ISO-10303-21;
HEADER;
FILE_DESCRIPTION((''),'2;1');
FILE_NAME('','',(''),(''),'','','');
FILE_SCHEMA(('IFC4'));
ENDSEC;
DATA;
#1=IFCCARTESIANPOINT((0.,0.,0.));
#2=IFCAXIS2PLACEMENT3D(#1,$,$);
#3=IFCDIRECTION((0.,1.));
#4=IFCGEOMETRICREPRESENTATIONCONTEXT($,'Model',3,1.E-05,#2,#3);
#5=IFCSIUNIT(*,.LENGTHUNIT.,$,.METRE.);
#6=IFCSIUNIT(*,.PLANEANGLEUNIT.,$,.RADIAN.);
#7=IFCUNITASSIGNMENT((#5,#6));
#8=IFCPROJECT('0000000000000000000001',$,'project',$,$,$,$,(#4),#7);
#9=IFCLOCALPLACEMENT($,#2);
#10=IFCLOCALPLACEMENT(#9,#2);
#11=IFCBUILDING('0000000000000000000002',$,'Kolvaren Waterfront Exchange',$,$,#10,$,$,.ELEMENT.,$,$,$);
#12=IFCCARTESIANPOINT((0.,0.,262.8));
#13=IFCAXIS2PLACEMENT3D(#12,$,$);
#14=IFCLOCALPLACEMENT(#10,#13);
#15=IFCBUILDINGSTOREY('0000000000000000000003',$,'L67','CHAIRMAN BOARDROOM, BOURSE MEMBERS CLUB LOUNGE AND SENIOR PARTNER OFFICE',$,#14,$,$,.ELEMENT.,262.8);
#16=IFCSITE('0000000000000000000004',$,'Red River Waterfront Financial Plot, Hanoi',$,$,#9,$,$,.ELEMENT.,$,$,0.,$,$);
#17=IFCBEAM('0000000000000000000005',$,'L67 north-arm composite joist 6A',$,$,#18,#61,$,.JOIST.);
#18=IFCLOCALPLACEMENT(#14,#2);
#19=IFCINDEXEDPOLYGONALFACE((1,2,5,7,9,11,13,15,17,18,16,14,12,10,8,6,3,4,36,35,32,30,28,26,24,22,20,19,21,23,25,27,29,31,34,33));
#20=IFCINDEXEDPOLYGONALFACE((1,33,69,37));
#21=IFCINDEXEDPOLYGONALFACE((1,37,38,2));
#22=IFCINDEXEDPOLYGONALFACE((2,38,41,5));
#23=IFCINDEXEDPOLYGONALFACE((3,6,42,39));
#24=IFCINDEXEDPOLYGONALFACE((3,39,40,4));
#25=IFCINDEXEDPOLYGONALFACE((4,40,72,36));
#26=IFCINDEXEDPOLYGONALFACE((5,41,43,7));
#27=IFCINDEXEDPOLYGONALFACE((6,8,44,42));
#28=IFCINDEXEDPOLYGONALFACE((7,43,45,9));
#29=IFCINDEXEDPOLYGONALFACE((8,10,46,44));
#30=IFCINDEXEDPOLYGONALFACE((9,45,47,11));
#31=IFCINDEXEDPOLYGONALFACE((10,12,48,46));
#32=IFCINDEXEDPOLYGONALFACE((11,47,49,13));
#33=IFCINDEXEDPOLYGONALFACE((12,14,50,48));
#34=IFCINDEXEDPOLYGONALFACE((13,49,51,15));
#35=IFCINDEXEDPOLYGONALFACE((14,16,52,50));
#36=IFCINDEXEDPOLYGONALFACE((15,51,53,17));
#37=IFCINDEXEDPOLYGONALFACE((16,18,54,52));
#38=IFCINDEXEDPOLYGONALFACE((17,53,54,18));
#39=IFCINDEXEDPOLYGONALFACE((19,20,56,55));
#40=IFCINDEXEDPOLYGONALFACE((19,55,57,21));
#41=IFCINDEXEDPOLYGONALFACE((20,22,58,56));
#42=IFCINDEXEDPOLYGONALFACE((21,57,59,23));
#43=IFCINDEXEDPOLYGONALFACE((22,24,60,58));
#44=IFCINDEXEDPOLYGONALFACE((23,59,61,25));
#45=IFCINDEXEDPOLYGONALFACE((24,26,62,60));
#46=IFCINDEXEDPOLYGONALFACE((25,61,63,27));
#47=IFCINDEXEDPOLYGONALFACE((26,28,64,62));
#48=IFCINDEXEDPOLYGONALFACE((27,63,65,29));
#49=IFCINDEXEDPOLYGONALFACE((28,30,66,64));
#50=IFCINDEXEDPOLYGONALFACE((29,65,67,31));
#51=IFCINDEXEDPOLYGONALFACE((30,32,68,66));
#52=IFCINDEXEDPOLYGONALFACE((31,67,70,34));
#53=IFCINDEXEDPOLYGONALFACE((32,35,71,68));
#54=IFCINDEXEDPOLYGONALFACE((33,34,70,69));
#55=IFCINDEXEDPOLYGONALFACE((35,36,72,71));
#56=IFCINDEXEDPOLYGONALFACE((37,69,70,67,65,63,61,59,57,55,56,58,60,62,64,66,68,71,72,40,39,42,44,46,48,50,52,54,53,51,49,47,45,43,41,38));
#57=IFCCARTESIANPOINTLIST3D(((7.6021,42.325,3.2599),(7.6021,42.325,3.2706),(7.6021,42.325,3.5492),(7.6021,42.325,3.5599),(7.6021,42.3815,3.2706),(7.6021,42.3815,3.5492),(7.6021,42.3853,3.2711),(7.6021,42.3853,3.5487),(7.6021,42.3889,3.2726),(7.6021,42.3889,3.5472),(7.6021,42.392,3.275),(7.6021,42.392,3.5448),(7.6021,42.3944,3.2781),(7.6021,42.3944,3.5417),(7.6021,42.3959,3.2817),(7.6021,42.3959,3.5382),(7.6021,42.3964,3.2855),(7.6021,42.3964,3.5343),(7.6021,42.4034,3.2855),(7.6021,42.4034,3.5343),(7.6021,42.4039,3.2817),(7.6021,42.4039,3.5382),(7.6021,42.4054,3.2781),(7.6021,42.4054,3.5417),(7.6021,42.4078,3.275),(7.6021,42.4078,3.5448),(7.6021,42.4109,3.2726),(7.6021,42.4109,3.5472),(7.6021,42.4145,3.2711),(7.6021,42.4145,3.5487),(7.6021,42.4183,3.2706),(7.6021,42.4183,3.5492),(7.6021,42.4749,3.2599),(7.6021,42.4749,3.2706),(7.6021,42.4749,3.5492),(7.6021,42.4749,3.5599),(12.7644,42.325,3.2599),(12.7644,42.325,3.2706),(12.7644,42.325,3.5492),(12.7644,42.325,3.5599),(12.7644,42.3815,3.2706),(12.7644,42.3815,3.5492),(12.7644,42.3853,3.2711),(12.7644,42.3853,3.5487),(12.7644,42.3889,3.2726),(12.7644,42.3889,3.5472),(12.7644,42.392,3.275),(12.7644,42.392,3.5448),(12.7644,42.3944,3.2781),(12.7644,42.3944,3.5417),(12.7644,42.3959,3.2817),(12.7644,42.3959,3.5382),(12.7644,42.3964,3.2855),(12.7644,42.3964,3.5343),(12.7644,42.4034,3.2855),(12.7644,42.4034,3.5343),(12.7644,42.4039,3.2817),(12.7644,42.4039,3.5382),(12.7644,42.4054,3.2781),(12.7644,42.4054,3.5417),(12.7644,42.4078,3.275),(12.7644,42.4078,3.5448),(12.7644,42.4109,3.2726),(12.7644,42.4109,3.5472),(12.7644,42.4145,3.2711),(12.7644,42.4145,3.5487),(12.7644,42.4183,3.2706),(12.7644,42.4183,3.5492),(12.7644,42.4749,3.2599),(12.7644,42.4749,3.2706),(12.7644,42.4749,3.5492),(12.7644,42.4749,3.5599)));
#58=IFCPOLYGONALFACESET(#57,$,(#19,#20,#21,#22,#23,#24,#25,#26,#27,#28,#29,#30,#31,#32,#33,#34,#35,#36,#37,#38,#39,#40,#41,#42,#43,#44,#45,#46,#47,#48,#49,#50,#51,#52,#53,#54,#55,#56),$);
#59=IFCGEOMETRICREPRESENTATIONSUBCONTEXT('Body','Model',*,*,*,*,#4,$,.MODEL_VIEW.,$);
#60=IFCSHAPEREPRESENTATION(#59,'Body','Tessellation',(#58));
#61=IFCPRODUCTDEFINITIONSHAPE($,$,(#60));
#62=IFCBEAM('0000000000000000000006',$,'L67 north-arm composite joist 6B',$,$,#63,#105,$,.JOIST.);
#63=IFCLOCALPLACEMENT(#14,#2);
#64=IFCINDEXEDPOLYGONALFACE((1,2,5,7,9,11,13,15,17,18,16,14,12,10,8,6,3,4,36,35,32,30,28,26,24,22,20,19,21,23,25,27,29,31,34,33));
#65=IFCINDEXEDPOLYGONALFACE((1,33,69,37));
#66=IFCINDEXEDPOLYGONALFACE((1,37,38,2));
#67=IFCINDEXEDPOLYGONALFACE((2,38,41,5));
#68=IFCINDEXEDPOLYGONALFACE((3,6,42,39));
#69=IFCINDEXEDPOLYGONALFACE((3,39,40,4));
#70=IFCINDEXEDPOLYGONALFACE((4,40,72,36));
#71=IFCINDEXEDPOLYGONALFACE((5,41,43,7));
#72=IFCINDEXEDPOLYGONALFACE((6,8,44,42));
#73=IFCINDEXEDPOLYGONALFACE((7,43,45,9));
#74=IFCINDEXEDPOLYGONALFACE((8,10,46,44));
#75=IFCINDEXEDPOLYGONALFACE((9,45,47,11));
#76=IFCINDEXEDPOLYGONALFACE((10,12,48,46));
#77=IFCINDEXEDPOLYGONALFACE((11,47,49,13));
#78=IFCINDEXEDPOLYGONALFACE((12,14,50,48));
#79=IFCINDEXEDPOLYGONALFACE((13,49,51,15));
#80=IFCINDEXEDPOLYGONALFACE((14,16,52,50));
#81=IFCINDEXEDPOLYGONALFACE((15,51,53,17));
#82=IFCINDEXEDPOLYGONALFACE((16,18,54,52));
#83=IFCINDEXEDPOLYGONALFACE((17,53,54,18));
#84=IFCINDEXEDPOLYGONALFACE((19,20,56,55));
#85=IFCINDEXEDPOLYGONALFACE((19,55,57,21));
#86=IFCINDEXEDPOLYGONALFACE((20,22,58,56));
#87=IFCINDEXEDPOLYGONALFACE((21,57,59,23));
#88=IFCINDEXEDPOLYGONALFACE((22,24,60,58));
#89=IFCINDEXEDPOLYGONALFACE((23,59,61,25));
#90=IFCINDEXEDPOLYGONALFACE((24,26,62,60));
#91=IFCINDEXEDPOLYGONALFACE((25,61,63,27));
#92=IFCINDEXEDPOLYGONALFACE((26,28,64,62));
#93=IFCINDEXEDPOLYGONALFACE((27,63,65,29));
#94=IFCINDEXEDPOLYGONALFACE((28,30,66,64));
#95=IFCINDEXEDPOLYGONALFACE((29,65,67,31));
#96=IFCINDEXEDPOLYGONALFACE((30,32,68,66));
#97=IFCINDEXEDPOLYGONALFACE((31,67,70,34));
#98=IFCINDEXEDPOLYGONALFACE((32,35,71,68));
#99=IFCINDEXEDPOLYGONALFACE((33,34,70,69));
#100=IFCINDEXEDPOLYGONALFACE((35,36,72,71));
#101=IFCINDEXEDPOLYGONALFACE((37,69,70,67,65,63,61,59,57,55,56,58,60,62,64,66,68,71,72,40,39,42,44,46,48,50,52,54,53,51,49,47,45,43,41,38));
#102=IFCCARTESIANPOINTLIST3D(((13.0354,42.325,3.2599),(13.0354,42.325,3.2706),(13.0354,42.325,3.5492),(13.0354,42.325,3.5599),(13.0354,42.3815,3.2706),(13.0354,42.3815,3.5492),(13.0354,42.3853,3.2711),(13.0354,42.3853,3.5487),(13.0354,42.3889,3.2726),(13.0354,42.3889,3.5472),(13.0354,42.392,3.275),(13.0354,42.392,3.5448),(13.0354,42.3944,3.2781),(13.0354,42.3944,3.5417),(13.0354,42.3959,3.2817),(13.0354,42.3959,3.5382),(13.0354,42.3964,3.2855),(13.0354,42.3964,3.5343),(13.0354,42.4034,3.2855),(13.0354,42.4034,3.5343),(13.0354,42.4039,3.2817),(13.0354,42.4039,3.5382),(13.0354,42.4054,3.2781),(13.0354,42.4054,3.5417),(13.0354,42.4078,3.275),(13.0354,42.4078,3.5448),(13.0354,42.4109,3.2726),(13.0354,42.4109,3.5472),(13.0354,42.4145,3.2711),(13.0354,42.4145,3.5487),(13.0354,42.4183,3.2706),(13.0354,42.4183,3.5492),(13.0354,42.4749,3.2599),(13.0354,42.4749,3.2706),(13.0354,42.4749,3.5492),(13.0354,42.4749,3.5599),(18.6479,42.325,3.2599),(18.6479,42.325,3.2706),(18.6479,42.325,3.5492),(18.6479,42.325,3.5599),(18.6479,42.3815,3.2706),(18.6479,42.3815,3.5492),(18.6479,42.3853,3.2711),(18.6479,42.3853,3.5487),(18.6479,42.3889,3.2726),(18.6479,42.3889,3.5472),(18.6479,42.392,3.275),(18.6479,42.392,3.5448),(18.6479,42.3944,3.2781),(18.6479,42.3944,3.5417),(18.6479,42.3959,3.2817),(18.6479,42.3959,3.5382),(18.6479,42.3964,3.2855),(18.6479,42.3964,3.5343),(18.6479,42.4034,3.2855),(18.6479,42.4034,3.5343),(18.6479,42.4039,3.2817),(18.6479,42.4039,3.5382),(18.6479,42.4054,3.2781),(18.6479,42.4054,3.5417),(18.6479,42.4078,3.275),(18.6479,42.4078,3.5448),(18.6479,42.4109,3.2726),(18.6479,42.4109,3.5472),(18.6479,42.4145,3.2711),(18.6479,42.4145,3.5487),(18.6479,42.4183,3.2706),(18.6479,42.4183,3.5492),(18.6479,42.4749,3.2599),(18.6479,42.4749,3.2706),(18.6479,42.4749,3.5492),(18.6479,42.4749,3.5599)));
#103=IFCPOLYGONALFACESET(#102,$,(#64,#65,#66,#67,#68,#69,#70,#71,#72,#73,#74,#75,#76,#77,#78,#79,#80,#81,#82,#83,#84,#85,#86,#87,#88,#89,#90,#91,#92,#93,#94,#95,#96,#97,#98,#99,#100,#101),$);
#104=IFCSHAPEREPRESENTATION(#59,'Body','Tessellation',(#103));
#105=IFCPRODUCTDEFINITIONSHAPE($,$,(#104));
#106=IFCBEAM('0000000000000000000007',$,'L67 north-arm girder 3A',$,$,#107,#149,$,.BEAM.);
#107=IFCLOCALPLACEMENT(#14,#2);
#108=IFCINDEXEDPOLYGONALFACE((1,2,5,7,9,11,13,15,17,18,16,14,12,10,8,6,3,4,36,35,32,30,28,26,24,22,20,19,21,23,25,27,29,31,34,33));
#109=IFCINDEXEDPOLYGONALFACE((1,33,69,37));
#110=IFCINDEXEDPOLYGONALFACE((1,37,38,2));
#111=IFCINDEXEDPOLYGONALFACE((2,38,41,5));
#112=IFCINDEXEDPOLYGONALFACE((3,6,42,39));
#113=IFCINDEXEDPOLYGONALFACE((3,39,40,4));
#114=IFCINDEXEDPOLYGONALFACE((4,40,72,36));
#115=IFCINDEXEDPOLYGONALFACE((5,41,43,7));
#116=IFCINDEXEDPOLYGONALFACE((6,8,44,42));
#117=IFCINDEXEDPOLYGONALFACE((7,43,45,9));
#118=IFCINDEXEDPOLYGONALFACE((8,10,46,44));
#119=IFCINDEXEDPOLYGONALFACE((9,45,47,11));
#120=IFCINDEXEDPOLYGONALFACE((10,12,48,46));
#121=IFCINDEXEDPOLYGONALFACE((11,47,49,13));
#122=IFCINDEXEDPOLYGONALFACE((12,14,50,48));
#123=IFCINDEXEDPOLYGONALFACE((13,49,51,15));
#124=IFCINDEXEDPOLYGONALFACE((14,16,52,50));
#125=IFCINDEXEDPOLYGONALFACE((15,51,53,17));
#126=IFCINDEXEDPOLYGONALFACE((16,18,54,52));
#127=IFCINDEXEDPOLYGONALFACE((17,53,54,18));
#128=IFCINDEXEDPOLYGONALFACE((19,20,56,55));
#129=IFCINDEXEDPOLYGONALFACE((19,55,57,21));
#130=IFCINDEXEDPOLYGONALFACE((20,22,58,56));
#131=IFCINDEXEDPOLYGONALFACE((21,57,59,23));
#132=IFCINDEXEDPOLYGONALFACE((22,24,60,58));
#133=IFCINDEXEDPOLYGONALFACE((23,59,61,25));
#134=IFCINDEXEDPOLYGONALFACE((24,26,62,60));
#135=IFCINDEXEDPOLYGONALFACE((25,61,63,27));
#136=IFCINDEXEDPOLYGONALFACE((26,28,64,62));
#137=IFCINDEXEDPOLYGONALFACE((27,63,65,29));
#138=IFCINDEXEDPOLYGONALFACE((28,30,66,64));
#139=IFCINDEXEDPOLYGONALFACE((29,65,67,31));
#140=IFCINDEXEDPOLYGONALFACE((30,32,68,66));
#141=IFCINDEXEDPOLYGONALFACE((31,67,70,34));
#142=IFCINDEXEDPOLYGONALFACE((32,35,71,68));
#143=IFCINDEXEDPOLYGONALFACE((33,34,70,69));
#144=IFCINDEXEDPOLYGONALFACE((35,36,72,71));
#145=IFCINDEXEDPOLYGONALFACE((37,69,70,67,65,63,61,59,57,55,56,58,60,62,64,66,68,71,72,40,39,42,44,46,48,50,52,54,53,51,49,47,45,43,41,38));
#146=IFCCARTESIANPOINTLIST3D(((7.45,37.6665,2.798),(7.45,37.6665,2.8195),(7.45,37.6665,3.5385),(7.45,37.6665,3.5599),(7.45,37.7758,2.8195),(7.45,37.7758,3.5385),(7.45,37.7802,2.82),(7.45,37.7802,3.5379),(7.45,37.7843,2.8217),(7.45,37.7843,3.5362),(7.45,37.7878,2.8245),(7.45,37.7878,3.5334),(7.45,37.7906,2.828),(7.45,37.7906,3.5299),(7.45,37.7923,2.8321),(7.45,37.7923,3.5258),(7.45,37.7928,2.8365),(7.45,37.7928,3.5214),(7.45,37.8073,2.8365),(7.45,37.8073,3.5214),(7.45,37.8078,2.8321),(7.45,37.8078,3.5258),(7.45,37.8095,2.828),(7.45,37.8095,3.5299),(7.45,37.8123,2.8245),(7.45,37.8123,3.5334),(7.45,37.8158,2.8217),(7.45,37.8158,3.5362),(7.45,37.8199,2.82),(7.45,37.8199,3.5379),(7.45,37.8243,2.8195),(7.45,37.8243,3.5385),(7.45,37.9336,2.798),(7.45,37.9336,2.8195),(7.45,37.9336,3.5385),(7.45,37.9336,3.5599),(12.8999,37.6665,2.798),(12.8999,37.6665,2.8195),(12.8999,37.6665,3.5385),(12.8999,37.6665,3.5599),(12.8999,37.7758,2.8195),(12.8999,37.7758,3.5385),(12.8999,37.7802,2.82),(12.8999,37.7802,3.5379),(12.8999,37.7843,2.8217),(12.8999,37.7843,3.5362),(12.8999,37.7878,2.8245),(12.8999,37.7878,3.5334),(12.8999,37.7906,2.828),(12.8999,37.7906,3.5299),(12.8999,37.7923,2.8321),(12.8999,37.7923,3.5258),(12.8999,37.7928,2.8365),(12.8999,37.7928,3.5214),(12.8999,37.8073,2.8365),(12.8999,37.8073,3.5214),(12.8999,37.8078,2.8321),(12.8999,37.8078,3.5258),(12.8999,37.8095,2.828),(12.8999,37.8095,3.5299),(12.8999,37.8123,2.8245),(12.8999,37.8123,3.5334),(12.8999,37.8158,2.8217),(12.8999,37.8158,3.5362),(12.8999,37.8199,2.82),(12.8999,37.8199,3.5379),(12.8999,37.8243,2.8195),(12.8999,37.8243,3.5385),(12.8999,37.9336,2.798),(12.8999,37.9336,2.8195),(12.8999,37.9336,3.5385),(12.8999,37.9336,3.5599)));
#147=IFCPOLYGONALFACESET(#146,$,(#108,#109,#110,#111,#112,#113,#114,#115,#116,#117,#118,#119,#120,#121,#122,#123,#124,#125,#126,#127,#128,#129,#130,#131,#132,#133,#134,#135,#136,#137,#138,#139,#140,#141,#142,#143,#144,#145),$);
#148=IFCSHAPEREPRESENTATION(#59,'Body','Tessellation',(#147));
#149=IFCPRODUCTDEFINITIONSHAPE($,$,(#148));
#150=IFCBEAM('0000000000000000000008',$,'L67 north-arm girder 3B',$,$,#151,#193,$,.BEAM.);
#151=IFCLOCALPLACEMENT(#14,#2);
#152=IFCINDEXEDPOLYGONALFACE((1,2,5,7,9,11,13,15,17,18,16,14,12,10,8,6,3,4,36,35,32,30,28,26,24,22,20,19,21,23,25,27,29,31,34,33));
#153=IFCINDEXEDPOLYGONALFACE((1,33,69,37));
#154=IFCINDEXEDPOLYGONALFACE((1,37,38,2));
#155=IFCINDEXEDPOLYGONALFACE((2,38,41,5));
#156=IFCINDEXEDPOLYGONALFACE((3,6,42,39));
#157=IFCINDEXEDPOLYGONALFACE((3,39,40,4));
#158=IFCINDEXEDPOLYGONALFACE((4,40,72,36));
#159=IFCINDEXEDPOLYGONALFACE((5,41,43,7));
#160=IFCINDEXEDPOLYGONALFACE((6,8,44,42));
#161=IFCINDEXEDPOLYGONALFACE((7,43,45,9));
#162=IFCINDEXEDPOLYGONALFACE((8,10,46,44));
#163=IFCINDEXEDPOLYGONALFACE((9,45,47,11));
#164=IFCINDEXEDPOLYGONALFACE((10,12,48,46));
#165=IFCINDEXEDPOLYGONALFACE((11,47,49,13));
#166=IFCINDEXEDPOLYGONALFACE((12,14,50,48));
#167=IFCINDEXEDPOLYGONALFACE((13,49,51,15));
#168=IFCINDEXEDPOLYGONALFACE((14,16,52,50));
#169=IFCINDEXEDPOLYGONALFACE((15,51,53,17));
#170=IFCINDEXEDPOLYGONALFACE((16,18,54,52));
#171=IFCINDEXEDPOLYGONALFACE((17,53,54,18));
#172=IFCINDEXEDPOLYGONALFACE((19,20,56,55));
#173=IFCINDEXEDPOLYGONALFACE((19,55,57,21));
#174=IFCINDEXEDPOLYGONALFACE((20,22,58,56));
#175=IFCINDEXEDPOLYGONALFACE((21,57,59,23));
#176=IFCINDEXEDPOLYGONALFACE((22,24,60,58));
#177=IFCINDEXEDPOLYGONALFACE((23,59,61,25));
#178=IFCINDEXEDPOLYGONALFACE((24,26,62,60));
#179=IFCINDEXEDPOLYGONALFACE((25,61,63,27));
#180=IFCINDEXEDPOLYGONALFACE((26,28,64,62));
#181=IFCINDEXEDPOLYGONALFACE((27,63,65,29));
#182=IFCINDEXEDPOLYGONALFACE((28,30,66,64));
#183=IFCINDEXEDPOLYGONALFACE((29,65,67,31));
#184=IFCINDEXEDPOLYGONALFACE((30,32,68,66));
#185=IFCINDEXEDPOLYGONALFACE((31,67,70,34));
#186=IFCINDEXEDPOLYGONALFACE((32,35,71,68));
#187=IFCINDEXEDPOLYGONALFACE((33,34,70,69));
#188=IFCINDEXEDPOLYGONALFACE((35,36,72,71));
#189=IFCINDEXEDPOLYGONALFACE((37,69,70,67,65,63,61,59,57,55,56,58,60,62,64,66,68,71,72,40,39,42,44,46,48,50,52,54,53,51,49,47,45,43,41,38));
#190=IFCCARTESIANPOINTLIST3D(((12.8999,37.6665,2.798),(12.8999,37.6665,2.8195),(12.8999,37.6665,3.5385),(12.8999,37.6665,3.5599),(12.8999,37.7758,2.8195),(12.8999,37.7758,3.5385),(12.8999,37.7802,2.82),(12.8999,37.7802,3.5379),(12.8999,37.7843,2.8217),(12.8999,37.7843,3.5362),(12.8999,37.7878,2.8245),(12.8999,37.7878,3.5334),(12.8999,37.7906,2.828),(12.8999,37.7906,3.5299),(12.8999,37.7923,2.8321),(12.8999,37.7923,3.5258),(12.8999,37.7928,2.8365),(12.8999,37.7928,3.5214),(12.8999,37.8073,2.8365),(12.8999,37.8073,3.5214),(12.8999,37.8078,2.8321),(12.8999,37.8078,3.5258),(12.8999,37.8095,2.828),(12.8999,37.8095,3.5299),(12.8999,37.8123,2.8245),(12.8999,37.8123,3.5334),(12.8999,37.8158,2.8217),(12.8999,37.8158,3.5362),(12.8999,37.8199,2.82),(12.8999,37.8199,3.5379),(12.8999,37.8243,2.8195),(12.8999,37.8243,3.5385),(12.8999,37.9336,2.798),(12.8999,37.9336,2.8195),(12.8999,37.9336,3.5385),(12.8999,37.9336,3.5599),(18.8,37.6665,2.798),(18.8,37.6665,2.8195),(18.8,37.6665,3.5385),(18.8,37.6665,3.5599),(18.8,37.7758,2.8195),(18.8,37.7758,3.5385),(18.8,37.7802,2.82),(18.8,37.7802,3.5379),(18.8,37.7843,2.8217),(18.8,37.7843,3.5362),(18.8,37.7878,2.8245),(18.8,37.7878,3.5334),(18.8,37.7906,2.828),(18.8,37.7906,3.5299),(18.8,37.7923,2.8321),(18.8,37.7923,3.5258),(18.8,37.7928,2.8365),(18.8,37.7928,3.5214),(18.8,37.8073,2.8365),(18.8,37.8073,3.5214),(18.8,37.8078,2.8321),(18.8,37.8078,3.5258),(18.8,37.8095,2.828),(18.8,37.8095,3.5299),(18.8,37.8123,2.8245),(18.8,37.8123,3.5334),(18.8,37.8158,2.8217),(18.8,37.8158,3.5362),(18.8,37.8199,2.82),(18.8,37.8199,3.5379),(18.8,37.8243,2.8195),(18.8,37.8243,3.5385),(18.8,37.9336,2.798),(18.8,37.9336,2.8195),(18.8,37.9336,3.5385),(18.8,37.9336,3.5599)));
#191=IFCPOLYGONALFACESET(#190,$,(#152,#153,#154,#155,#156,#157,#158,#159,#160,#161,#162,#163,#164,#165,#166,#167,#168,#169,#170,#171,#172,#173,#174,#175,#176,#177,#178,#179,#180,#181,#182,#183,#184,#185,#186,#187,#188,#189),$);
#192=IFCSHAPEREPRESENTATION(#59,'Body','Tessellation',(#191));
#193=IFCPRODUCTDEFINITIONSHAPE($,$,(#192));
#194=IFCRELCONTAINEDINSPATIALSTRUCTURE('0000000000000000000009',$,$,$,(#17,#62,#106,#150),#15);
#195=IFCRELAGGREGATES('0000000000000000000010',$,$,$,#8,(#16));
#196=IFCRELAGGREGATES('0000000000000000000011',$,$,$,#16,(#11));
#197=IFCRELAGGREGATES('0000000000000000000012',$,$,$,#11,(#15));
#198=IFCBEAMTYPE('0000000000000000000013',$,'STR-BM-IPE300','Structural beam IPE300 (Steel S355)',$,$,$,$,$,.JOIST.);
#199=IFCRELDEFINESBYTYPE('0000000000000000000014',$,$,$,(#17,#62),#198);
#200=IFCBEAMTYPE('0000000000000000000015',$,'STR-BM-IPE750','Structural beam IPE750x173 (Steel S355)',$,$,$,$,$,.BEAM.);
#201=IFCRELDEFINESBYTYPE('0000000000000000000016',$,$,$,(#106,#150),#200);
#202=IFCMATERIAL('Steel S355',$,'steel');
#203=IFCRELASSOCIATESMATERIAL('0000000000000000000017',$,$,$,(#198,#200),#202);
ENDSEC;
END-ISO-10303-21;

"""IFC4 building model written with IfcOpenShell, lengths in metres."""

from ifc_helpers import new_model, si_unit, direction, frame, origin, origin_2d, place, context, subcontext, project, spatial, i_section, extrude, material, material_profile, profile_set, type_object, element, save


model = new_model("IFC4")

# Units and contexts
model_context = context("Model", 3, precision=1e-05, world=origin(), true_north=direction((0.0, 1.0)))
body_context = subcontext(model_context, "Body", "Model", "MODEL_VIEW")
ifc_project = project(units=[si_unit("LENGTHUNIT", "METRE"), si_unit("PLANEANGLEUNIT", "RADIAN")], contexts=[model_context])

# Site, building, storey
site_placement = place(None, origin())
site = spatial("IfcSite", under=ifc_project, at=site_placement, Name="Red River Waterfront Financial Plot, Hanoi", CompositionType="ELEMENT", RefElevation=0.0)
building_placement = place(site_placement, origin())
building = spatial("IfcBuilding", under=site, at=building_placement, Name="Kolvaren Waterfront Exchange", CompositionType="ELEMENT")
storey_placement = place(building_placement, frame((0.0, 0.0, 262.8)))
storey = spatial("IfcBuildingStorey", under=building, at=storey_placement, Name="L67", Description="CHAIRMAN BOARDROOM, BOURSE MEMBERS CLUB LOUNGE AND SENIOR PARTNER OFFICE", CompositionType="ELEMENT", Elevation=262.8)

# Beams
ifc_material_1 = material(Name="Steel S355", Category="steel")
ifc_material_profile_1 = material_profile(ifc_material_1, i_section(OverallWidth=0.1499, OverallDepth=0.3, WebThickness=0.0071, FlangeThickness=0.0107, FilletRadius=0.0149, at=origin_2d()), Name="IPE300")
ifc_profile_set_1 = profile_set([ifc_material_profile_1], Name="Steel S355")
beam_type_1 = type_object("IfcBeamType", Name="STR-BM-IPE300", Description="Structural beam IPE300 (Steel S355)", PredefinedType="JOIST", material=ifc_profile_set_1)
beam_1_placement = place(storey_placement, frame((7.6021, 42.3999, 3.4099), z_axis=(1.0, 0.0, 0.0), x_axis=(0.0, 1.0, 0.0)))
element("IfcBeam", 1, at=beam_1_placement, inside=storey, type_object=beam_type_1, Name="L67 north-arm composite joist 6A", PredefinedType="JOIST", context=body_context, shape_type="SweptSolid", body=[
    extrude(i_section(OverallWidth=0.1499, OverallDepth=0.3, WebThickness=0.0071, FlangeThickness=0.0107, FilletRadius=0.0149, at=origin_2d()), origin(), (0.0, 0.0, 1.0), 5.1624),
])
beam_2_placement = place(storey_placement, frame((13.0354, 42.3999, 3.4099), z_axis=(1.0, 0.0, 0.0), x_axis=(0.0, 1.0, 0.0)))
element("IfcBeam", 2, at=beam_2_placement, inside=storey, type_object=beam_type_1, Name="L67 north-arm composite joist 6B", PredefinedType="JOIST", context=body_context, shape_type="SweptSolid", body=[
    extrude(i_section(OverallWidth=0.1499, OverallDepth=0.3, WebThickness=0.0071, FlangeThickness=0.0107, FilletRadius=0.0149, at=origin_2d()), origin(), (0.0, 0.0, 1.0), 5.6125),
])
ifc_material_profile_2 = material_profile(ifc_material_1, i_section(OverallWidth=0.2671, OverallDepth=0.762, WebThickness=0.0144, FlangeThickness=0.0215, FilletRadius=0.0171, at=origin_2d()), Name="IPE750x173")
ifc_profile_set_2 = profile_set([ifc_material_profile_2], Name="Steel S355")
beam_type_2 = type_object("IfcBeamType", Name="STR-BM-IPE750", Description="Structural beam IPE750x173 (Steel S355)", PredefinedType="BEAM", material=ifc_profile_set_2)
beam_3_placement = place(storey_placement, frame((7.45, 37.8, 3.179), z_axis=(1.0, 0.0, 0.0), x_axis=(0.0, 1.0, 0.0)))
element("IfcBeam", 3, at=beam_3_placement, inside=storey, type_object=beam_type_2, Name="L67 north-arm girder 3A", PredefinedType="BEAM", context=body_context, shape_type="SweptSolid", body=[
    extrude(i_section(OverallWidth=0.2671, OverallDepth=0.762, WebThickness=0.0144, FlangeThickness=0.0215, FilletRadius=0.0171, at=origin_2d()), origin(), (0.0, 0.0, 1.0), 5.45),
])
beam_4_placement = place(storey_placement, frame((12.8999, 37.8, 3.179), z_axis=(1.0, 0.0, 0.0), x_axis=(0.0, 1.0, 0.0)))
element("IfcBeam", 4, at=beam_4_placement, inside=storey, type_object=beam_type_2, Name="L67 north-arm girder 3B", PredefinedType="BEAM", context=body_context, shape_type="SweptSolid", body=[
    extrude(i_section(OverallWidth=0.2671, OverallDepth=0.762, WebThickness=0.0144, FlangeThickness=0.0215, FilletRadius=0.0171, at=origin_2d()), origin(), (0.0, 0.0, 1.0), 5.9001),
])

save(model, "model.ifc")
